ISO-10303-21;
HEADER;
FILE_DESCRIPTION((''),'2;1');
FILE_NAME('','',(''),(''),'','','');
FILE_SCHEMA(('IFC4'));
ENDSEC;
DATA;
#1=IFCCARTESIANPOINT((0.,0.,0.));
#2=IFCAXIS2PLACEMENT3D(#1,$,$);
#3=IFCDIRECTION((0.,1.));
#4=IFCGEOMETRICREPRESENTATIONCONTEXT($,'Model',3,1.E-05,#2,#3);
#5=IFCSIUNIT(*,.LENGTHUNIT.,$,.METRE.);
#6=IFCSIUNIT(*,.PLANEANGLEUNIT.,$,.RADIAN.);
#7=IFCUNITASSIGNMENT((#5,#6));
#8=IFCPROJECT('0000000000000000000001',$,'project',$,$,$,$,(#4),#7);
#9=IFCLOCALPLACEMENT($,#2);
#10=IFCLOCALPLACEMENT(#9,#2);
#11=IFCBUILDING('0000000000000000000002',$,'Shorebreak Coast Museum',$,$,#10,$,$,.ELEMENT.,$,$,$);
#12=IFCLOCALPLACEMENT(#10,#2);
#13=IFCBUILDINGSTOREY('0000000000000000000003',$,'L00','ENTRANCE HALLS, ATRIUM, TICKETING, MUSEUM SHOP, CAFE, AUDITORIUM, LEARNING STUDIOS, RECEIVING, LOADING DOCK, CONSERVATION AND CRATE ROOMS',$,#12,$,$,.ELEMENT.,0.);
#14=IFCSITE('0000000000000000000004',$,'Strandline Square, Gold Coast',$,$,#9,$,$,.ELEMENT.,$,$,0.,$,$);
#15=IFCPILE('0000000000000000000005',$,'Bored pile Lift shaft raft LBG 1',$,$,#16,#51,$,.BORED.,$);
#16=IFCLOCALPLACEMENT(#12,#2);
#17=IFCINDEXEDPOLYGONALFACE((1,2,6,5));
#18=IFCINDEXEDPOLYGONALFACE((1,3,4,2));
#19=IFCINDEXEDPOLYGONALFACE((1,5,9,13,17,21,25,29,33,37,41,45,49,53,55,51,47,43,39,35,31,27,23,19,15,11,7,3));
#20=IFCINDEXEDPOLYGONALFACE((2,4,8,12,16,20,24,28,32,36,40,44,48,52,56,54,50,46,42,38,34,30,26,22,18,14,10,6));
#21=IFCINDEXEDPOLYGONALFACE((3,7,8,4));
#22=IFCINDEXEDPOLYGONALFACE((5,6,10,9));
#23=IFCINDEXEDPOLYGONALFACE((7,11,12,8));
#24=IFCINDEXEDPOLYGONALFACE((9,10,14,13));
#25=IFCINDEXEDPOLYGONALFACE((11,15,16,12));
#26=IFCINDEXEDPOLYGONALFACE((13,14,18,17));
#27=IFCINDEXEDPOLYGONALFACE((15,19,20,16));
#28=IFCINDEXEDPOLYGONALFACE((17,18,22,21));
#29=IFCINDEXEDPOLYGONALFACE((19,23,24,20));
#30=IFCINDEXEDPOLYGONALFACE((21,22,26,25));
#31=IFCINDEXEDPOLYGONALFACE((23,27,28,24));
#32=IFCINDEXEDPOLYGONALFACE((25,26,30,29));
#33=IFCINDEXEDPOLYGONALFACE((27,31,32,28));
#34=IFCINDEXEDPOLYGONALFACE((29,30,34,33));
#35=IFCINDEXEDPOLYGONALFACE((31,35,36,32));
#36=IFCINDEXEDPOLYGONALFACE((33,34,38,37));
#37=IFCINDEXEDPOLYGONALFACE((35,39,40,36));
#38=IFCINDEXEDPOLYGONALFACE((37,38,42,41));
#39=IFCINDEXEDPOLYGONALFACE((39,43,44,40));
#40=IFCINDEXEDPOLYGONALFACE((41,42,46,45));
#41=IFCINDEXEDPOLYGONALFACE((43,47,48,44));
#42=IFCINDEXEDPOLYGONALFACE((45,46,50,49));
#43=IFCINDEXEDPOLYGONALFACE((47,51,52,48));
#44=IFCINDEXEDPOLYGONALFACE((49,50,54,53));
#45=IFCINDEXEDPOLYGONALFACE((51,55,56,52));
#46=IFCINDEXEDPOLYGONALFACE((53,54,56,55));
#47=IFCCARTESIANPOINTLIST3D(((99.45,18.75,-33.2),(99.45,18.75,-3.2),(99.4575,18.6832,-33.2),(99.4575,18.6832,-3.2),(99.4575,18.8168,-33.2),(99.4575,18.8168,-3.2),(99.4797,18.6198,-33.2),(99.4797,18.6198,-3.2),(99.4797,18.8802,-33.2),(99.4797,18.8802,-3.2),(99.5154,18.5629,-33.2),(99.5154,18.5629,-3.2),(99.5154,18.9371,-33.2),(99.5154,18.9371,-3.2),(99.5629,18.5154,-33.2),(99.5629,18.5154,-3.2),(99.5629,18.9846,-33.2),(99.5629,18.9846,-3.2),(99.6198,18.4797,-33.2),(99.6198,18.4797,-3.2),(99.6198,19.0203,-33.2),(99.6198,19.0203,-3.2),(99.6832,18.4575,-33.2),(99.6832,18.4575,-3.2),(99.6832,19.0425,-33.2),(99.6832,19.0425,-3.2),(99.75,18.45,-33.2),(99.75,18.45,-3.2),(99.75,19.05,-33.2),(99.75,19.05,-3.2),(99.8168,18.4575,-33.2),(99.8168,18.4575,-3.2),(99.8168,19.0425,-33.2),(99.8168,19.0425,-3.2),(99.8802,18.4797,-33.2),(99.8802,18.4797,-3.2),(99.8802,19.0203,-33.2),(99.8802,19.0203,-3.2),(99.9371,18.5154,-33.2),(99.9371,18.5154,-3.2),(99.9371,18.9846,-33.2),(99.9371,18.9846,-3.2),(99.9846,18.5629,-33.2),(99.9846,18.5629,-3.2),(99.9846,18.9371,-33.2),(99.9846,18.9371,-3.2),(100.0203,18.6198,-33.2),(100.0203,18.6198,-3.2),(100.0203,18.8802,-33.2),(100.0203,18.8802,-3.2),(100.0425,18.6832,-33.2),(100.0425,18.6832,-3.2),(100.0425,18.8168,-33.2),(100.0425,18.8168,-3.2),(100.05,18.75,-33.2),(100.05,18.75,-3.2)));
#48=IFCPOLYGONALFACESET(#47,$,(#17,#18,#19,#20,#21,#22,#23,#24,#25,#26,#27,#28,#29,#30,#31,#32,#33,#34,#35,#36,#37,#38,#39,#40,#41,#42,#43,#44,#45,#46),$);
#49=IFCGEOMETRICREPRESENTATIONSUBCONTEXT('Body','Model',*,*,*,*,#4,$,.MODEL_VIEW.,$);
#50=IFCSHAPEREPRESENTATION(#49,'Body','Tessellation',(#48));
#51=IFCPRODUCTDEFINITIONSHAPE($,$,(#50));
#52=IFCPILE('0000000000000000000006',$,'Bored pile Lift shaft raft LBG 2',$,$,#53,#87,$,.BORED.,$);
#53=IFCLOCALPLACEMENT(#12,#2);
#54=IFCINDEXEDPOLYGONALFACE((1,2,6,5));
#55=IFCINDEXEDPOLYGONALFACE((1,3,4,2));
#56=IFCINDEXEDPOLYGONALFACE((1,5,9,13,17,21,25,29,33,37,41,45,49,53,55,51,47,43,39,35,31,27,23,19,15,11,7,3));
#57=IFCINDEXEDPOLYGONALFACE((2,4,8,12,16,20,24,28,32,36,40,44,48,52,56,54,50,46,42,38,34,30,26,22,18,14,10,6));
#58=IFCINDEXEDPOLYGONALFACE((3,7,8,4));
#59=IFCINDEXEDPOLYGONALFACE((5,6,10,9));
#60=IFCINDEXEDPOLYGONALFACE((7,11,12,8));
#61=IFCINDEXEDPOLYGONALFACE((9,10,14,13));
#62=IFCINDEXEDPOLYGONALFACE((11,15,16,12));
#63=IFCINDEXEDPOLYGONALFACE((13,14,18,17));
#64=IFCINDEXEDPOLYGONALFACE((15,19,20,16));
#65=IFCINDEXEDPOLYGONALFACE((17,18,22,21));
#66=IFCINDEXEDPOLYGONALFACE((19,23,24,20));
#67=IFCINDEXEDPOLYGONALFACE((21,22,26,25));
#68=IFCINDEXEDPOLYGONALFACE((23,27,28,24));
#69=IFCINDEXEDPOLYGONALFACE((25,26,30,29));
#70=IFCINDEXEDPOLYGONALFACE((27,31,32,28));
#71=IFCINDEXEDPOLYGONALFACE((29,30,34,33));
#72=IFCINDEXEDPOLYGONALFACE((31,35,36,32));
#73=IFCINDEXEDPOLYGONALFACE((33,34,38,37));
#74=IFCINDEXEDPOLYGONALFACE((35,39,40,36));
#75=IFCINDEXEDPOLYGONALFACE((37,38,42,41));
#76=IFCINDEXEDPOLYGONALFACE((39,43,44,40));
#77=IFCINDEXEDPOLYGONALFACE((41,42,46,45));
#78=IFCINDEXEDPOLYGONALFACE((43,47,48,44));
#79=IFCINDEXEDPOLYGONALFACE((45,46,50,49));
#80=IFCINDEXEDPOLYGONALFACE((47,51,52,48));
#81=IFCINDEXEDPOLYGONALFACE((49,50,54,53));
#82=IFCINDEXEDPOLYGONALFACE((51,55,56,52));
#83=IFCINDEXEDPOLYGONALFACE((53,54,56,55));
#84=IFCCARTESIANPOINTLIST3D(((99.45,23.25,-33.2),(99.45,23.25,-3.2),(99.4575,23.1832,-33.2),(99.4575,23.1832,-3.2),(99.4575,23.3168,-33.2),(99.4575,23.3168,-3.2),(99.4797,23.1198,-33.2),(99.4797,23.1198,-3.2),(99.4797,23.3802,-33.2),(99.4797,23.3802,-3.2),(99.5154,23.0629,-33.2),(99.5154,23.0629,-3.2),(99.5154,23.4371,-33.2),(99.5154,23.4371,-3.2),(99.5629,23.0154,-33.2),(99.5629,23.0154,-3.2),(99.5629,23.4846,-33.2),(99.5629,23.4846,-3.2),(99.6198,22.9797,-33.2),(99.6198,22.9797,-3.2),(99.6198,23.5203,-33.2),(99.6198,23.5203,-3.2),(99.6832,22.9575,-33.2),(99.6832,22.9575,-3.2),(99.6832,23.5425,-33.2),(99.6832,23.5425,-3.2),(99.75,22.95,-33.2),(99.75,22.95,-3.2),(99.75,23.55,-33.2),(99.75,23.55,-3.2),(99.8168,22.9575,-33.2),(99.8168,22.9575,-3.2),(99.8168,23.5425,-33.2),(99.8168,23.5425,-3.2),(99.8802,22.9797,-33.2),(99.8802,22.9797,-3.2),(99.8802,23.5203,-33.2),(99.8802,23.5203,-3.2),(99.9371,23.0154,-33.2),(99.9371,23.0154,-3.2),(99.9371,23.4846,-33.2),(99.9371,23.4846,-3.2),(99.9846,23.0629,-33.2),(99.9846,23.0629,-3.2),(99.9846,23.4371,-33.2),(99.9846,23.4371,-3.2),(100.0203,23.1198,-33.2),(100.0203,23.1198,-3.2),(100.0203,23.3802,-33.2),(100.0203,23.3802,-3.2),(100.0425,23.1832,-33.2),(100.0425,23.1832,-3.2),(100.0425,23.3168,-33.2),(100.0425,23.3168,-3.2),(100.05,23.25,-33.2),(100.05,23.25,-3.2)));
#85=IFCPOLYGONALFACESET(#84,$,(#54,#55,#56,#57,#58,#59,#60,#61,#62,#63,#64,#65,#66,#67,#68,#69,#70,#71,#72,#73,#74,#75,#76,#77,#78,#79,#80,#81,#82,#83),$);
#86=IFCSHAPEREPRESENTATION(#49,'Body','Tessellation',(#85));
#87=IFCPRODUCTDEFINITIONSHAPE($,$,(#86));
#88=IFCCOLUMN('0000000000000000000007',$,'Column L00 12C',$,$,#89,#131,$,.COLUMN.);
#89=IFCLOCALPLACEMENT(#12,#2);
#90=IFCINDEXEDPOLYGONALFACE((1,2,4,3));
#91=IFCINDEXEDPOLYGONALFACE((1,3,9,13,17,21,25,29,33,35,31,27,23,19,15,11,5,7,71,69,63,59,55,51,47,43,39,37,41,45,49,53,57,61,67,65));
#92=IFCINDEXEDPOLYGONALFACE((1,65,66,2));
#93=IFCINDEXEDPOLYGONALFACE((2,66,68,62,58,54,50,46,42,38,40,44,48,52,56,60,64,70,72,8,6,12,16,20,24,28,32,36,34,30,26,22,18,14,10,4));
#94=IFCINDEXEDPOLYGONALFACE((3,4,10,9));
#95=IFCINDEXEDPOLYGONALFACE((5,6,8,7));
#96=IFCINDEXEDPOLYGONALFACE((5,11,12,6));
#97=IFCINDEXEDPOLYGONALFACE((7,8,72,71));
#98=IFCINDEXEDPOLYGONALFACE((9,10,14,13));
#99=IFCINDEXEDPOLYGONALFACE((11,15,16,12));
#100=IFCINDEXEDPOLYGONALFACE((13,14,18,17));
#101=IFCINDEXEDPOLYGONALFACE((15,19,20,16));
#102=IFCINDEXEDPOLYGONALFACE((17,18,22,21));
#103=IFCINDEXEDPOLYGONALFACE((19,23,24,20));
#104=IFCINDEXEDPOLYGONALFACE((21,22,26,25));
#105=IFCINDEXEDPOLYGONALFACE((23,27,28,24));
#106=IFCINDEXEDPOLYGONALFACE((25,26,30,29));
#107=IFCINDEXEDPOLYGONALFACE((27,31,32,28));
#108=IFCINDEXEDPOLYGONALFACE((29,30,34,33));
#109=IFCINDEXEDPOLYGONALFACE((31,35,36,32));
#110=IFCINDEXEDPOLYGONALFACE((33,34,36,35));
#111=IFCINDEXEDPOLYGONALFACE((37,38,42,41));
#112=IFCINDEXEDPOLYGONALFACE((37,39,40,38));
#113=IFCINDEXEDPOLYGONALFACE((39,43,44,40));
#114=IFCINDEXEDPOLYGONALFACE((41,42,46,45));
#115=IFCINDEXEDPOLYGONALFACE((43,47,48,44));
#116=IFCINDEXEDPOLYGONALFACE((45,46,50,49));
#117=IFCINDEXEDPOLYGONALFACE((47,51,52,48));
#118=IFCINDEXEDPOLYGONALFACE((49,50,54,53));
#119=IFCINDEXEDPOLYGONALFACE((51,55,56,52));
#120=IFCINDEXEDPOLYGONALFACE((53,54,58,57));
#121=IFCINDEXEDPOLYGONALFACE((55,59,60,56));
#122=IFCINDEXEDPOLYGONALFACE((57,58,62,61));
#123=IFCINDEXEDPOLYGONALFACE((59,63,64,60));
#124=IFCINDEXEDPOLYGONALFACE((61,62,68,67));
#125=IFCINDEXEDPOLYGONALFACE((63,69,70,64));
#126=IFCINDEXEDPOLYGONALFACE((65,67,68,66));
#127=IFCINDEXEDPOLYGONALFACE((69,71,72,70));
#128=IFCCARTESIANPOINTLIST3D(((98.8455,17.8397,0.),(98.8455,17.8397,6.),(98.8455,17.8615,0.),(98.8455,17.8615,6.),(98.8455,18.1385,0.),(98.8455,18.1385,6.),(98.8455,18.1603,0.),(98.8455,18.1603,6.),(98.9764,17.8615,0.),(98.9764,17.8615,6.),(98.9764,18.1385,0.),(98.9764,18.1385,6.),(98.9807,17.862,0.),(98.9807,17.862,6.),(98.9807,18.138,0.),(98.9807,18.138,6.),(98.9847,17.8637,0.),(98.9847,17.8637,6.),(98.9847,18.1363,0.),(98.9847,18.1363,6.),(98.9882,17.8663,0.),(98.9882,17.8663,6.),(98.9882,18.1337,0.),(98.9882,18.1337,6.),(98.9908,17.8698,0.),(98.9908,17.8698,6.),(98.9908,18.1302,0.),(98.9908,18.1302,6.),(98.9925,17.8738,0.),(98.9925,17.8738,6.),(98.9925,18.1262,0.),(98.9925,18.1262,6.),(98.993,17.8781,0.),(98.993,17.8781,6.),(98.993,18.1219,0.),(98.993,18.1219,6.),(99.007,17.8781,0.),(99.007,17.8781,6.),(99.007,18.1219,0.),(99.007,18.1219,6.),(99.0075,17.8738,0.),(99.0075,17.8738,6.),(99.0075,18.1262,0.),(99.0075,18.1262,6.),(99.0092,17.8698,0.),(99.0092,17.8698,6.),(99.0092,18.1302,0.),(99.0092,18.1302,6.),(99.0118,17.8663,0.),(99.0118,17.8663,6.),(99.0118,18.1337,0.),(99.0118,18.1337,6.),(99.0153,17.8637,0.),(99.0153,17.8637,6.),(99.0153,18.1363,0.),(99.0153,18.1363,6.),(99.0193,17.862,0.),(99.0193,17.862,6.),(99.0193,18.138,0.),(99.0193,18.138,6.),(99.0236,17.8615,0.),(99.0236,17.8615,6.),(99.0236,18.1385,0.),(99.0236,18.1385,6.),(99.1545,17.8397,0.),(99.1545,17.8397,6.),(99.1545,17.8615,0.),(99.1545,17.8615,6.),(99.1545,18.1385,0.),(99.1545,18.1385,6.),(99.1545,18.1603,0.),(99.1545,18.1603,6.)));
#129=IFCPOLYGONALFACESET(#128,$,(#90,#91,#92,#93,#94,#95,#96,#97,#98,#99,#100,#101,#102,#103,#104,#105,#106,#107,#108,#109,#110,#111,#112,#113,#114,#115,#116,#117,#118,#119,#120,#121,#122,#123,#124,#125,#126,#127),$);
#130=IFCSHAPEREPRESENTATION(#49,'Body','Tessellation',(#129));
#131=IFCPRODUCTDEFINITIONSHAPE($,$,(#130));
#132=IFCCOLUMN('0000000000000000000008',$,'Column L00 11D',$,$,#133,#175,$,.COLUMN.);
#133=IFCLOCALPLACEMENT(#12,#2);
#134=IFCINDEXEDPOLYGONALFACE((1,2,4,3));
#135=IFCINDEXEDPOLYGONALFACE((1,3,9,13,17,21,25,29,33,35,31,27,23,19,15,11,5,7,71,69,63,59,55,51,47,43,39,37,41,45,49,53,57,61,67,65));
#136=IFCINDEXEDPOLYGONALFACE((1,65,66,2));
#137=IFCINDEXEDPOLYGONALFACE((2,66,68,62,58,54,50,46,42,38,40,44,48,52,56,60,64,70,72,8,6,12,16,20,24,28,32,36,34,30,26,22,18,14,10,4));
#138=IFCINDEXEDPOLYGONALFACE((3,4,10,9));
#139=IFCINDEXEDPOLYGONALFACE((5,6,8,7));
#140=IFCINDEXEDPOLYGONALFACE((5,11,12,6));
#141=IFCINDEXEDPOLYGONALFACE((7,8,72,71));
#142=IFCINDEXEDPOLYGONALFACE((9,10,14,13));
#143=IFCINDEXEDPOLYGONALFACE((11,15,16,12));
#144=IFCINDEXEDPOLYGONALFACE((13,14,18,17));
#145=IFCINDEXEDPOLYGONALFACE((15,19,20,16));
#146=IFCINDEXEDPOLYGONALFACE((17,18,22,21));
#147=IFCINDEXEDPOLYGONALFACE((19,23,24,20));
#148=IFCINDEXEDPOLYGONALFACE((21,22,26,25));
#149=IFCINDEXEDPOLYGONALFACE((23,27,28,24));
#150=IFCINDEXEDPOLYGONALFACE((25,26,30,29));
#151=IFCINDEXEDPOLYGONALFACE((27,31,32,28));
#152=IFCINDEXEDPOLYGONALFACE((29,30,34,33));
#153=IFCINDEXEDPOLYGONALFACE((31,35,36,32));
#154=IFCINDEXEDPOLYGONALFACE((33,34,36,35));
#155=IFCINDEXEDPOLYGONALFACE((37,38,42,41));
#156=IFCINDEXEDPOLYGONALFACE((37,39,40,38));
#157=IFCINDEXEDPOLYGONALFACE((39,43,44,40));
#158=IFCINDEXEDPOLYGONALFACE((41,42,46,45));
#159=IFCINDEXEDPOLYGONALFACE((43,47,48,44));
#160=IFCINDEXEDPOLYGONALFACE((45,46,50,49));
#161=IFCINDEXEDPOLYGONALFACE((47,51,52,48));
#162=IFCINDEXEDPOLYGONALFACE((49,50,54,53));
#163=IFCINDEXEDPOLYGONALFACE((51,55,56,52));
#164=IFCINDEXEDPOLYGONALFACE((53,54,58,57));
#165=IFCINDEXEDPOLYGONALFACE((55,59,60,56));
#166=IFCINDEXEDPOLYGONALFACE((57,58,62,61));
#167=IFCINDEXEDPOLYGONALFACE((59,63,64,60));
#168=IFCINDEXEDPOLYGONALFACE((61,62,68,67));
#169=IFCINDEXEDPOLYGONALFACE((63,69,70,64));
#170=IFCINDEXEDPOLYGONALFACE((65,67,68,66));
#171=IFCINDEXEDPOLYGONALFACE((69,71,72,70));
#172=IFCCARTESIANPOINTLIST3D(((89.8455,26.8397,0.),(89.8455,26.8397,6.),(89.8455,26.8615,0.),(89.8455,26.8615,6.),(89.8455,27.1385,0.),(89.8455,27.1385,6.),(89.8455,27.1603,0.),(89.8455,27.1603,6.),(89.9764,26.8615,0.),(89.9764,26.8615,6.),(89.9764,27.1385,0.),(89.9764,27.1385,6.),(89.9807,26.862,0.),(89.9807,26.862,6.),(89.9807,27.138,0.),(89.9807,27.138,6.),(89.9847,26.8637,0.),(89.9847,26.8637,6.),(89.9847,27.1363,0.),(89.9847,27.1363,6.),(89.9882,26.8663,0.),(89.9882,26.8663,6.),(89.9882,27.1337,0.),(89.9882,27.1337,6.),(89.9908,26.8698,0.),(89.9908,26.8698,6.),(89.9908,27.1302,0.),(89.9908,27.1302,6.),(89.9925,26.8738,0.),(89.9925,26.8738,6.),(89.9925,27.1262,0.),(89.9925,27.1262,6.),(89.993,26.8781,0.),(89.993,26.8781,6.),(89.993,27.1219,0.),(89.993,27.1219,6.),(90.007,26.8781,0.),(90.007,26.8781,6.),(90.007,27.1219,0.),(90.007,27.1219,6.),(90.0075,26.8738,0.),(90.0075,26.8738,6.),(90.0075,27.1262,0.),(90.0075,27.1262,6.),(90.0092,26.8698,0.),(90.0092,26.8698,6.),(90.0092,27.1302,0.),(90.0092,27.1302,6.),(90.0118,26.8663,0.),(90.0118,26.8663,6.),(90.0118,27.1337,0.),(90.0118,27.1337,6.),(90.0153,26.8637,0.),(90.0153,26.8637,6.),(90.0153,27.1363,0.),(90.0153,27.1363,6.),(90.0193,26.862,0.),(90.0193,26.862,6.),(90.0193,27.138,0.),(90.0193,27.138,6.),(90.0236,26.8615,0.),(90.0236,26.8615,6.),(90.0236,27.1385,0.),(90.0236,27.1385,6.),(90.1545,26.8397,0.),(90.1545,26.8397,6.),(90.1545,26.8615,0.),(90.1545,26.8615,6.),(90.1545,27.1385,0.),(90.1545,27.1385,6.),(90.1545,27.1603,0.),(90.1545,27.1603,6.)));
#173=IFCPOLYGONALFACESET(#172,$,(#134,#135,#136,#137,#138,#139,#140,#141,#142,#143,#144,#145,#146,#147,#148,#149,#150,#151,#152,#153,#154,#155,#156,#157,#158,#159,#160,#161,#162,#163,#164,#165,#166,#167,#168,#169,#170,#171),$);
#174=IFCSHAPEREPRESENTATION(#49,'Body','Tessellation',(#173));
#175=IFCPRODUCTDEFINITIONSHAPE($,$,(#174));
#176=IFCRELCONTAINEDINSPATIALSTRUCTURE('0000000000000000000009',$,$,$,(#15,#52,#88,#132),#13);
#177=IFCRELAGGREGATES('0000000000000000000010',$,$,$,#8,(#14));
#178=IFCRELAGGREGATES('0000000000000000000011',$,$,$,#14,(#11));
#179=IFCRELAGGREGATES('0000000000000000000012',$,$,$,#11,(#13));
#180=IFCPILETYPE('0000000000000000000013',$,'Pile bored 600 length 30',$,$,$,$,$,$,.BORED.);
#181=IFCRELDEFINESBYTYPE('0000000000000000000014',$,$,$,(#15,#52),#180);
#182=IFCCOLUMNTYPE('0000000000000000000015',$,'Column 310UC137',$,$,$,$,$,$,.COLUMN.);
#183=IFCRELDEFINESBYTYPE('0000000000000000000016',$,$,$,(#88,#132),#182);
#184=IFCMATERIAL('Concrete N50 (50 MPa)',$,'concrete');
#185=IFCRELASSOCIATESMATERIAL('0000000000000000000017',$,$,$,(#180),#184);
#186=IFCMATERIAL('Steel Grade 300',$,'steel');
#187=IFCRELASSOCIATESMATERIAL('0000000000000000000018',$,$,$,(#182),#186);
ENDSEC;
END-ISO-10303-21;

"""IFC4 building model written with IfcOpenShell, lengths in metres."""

from ifc_helpers import new_model, si_unit, direction, frame, origin, origin_2d, place, context, subcontext, project, spatial, circle, i_section, extrude, material, material_profile, profile_set, type_object, element, save


model = new_model("IFC4")

# Units and contexts
model_context = context("Model", 3, precision=1e-05, world=origin(), true_north=direction((0.0, 1.0)))
body_context = subcontext(model_context, "Body", "Model", "MODEL_VIEW")
ifc_project = project(units=[si_unit("LENGTHUNIT", "METRE"), si_unit("PLANEANGLEUNIT", "RADIAN")], contexts=[model_context])

# Site, building, storey
site_placement = place(None, origin())
site = spatial("IfcSite", under=ifc_project, at=site_placement, Name="Strandline Square, Gold Coast", CompositionType="ELEMENT", RefElevation=0.0)
building_placement = place(site_placement, origin())
building = spatial("IfcBuilding", under=site, at=building_placement, Name="Shorebreak Coast Museum", CompositionType="ELEMENT")
storey_placement = place(building_placement, origin())
storey = spatial("IfcBuildingStorey", under=building, at=storey_placement, Name="L00", Description="ENTRANCE HALLS, ATRIUM, TICKETING, MUSEUM SHOP, CAFE, AUDITORIUM, LEARNING STUDIOS, RECEIVING, LOADING DOCK, CONSERVATION AND CRATE ROOMS", CompositionType="ELEMENT", Elevation=0.0)

# Piles
ifc_material_1 = material(Name="Concrete N50 (50 MPa)", Category="concrete")
ifc_material_profile_1 = material_profile(ifc_material_1, circle(Radius=0.3, at=origin_2d()), Name="Pile bored 600 length 30")
ifc_profile_set_1 = profile_set([ifc_material_profile_1], Name="Concrete N50 (50 MPa)")
pile_type_1 = type_object("IfcPileType", Name="Pile bored 600 length 30", PredefinedType="BORED", material=ifc_profile_set_1)
for number, where, z_axis, x_axis, name in (
    (1, (99.75, 18.75, -3.2), (0.0, 0.0, -1.0), (1.0, 0.0, 0.0), "Bored pile Lift shaft raft LBG 1"),
    (2, (99.75, 23.25, -3.2), (0.0, 0.0, -1.0), (1.0, 0.0, 0.0), "Bored pile Lift shaft raft LBG 2"),
):
    element("IfcPile", number, at=place(storey_placement, frame(where, z_axis=z_axis, x_axis=x_axis)), inside=storey, type_object=pile_type_1, Name=name, PredefinedType="BORED", context=body_context, shape_type="SweptSolid", body=[
        extrude(circle(Radius=0.3, at=origin_2d()), origin(), (0.0, 0.0, 1.0), 30.0),
    ])

# Columns
ifc_material_2 = material(Name="Steel Grade 300", Category="steel")
ifc_material_profile_2 = material_profile(ifc_material_2, i_section(OverallWidth=0.3091, OverallDepth=0.3206, WebThickness=0.0139, FlangeThickness=0.0217, FilletRadius=0.0166, at=origin_2d()), Name="310UC137")
ifc_profile_set_2 = profile_set([ifc_material_profile_2], Name="Steel Grade 300")
column_type = type_object("IfcColumnType", Name="Column 310UC137", PredefinedType="COLUMN", material=ifc_profile_set_2)
for number, where, z_axis, x_axis, name in (
    (3, (99.0, 18.0, 0.0), (0.0, 0.0, 1.0), (1.0, 0.0, 0.0), "Column L00 12C"),
    (4, (90.0, 27.0, 0.0), (0.0, 0.0, 1.0), (1.0, 0.0, 0.0), "Column L00 11D"),
):
    element("IfcColumn", number, at=place(storey_placement, frame(where, z_axis=z_axis, x_axis=x_axis)), inside=storey, type_object=column_type, Name=name, PredefinedType="COLUMN", context=body_context, shape_type="SweptSolid", body=[
        extrude(i_section(OverallWidth=0.3091, OverallDepth=0.3206, WebThickness=0.0139, FlangeThickness=0.0217, FilletRadius=0.0166, at=origin_2d()), origin(), (0.0, 0.0, 1.0), 6.0),
    ])

save(model, "model.ifc")
